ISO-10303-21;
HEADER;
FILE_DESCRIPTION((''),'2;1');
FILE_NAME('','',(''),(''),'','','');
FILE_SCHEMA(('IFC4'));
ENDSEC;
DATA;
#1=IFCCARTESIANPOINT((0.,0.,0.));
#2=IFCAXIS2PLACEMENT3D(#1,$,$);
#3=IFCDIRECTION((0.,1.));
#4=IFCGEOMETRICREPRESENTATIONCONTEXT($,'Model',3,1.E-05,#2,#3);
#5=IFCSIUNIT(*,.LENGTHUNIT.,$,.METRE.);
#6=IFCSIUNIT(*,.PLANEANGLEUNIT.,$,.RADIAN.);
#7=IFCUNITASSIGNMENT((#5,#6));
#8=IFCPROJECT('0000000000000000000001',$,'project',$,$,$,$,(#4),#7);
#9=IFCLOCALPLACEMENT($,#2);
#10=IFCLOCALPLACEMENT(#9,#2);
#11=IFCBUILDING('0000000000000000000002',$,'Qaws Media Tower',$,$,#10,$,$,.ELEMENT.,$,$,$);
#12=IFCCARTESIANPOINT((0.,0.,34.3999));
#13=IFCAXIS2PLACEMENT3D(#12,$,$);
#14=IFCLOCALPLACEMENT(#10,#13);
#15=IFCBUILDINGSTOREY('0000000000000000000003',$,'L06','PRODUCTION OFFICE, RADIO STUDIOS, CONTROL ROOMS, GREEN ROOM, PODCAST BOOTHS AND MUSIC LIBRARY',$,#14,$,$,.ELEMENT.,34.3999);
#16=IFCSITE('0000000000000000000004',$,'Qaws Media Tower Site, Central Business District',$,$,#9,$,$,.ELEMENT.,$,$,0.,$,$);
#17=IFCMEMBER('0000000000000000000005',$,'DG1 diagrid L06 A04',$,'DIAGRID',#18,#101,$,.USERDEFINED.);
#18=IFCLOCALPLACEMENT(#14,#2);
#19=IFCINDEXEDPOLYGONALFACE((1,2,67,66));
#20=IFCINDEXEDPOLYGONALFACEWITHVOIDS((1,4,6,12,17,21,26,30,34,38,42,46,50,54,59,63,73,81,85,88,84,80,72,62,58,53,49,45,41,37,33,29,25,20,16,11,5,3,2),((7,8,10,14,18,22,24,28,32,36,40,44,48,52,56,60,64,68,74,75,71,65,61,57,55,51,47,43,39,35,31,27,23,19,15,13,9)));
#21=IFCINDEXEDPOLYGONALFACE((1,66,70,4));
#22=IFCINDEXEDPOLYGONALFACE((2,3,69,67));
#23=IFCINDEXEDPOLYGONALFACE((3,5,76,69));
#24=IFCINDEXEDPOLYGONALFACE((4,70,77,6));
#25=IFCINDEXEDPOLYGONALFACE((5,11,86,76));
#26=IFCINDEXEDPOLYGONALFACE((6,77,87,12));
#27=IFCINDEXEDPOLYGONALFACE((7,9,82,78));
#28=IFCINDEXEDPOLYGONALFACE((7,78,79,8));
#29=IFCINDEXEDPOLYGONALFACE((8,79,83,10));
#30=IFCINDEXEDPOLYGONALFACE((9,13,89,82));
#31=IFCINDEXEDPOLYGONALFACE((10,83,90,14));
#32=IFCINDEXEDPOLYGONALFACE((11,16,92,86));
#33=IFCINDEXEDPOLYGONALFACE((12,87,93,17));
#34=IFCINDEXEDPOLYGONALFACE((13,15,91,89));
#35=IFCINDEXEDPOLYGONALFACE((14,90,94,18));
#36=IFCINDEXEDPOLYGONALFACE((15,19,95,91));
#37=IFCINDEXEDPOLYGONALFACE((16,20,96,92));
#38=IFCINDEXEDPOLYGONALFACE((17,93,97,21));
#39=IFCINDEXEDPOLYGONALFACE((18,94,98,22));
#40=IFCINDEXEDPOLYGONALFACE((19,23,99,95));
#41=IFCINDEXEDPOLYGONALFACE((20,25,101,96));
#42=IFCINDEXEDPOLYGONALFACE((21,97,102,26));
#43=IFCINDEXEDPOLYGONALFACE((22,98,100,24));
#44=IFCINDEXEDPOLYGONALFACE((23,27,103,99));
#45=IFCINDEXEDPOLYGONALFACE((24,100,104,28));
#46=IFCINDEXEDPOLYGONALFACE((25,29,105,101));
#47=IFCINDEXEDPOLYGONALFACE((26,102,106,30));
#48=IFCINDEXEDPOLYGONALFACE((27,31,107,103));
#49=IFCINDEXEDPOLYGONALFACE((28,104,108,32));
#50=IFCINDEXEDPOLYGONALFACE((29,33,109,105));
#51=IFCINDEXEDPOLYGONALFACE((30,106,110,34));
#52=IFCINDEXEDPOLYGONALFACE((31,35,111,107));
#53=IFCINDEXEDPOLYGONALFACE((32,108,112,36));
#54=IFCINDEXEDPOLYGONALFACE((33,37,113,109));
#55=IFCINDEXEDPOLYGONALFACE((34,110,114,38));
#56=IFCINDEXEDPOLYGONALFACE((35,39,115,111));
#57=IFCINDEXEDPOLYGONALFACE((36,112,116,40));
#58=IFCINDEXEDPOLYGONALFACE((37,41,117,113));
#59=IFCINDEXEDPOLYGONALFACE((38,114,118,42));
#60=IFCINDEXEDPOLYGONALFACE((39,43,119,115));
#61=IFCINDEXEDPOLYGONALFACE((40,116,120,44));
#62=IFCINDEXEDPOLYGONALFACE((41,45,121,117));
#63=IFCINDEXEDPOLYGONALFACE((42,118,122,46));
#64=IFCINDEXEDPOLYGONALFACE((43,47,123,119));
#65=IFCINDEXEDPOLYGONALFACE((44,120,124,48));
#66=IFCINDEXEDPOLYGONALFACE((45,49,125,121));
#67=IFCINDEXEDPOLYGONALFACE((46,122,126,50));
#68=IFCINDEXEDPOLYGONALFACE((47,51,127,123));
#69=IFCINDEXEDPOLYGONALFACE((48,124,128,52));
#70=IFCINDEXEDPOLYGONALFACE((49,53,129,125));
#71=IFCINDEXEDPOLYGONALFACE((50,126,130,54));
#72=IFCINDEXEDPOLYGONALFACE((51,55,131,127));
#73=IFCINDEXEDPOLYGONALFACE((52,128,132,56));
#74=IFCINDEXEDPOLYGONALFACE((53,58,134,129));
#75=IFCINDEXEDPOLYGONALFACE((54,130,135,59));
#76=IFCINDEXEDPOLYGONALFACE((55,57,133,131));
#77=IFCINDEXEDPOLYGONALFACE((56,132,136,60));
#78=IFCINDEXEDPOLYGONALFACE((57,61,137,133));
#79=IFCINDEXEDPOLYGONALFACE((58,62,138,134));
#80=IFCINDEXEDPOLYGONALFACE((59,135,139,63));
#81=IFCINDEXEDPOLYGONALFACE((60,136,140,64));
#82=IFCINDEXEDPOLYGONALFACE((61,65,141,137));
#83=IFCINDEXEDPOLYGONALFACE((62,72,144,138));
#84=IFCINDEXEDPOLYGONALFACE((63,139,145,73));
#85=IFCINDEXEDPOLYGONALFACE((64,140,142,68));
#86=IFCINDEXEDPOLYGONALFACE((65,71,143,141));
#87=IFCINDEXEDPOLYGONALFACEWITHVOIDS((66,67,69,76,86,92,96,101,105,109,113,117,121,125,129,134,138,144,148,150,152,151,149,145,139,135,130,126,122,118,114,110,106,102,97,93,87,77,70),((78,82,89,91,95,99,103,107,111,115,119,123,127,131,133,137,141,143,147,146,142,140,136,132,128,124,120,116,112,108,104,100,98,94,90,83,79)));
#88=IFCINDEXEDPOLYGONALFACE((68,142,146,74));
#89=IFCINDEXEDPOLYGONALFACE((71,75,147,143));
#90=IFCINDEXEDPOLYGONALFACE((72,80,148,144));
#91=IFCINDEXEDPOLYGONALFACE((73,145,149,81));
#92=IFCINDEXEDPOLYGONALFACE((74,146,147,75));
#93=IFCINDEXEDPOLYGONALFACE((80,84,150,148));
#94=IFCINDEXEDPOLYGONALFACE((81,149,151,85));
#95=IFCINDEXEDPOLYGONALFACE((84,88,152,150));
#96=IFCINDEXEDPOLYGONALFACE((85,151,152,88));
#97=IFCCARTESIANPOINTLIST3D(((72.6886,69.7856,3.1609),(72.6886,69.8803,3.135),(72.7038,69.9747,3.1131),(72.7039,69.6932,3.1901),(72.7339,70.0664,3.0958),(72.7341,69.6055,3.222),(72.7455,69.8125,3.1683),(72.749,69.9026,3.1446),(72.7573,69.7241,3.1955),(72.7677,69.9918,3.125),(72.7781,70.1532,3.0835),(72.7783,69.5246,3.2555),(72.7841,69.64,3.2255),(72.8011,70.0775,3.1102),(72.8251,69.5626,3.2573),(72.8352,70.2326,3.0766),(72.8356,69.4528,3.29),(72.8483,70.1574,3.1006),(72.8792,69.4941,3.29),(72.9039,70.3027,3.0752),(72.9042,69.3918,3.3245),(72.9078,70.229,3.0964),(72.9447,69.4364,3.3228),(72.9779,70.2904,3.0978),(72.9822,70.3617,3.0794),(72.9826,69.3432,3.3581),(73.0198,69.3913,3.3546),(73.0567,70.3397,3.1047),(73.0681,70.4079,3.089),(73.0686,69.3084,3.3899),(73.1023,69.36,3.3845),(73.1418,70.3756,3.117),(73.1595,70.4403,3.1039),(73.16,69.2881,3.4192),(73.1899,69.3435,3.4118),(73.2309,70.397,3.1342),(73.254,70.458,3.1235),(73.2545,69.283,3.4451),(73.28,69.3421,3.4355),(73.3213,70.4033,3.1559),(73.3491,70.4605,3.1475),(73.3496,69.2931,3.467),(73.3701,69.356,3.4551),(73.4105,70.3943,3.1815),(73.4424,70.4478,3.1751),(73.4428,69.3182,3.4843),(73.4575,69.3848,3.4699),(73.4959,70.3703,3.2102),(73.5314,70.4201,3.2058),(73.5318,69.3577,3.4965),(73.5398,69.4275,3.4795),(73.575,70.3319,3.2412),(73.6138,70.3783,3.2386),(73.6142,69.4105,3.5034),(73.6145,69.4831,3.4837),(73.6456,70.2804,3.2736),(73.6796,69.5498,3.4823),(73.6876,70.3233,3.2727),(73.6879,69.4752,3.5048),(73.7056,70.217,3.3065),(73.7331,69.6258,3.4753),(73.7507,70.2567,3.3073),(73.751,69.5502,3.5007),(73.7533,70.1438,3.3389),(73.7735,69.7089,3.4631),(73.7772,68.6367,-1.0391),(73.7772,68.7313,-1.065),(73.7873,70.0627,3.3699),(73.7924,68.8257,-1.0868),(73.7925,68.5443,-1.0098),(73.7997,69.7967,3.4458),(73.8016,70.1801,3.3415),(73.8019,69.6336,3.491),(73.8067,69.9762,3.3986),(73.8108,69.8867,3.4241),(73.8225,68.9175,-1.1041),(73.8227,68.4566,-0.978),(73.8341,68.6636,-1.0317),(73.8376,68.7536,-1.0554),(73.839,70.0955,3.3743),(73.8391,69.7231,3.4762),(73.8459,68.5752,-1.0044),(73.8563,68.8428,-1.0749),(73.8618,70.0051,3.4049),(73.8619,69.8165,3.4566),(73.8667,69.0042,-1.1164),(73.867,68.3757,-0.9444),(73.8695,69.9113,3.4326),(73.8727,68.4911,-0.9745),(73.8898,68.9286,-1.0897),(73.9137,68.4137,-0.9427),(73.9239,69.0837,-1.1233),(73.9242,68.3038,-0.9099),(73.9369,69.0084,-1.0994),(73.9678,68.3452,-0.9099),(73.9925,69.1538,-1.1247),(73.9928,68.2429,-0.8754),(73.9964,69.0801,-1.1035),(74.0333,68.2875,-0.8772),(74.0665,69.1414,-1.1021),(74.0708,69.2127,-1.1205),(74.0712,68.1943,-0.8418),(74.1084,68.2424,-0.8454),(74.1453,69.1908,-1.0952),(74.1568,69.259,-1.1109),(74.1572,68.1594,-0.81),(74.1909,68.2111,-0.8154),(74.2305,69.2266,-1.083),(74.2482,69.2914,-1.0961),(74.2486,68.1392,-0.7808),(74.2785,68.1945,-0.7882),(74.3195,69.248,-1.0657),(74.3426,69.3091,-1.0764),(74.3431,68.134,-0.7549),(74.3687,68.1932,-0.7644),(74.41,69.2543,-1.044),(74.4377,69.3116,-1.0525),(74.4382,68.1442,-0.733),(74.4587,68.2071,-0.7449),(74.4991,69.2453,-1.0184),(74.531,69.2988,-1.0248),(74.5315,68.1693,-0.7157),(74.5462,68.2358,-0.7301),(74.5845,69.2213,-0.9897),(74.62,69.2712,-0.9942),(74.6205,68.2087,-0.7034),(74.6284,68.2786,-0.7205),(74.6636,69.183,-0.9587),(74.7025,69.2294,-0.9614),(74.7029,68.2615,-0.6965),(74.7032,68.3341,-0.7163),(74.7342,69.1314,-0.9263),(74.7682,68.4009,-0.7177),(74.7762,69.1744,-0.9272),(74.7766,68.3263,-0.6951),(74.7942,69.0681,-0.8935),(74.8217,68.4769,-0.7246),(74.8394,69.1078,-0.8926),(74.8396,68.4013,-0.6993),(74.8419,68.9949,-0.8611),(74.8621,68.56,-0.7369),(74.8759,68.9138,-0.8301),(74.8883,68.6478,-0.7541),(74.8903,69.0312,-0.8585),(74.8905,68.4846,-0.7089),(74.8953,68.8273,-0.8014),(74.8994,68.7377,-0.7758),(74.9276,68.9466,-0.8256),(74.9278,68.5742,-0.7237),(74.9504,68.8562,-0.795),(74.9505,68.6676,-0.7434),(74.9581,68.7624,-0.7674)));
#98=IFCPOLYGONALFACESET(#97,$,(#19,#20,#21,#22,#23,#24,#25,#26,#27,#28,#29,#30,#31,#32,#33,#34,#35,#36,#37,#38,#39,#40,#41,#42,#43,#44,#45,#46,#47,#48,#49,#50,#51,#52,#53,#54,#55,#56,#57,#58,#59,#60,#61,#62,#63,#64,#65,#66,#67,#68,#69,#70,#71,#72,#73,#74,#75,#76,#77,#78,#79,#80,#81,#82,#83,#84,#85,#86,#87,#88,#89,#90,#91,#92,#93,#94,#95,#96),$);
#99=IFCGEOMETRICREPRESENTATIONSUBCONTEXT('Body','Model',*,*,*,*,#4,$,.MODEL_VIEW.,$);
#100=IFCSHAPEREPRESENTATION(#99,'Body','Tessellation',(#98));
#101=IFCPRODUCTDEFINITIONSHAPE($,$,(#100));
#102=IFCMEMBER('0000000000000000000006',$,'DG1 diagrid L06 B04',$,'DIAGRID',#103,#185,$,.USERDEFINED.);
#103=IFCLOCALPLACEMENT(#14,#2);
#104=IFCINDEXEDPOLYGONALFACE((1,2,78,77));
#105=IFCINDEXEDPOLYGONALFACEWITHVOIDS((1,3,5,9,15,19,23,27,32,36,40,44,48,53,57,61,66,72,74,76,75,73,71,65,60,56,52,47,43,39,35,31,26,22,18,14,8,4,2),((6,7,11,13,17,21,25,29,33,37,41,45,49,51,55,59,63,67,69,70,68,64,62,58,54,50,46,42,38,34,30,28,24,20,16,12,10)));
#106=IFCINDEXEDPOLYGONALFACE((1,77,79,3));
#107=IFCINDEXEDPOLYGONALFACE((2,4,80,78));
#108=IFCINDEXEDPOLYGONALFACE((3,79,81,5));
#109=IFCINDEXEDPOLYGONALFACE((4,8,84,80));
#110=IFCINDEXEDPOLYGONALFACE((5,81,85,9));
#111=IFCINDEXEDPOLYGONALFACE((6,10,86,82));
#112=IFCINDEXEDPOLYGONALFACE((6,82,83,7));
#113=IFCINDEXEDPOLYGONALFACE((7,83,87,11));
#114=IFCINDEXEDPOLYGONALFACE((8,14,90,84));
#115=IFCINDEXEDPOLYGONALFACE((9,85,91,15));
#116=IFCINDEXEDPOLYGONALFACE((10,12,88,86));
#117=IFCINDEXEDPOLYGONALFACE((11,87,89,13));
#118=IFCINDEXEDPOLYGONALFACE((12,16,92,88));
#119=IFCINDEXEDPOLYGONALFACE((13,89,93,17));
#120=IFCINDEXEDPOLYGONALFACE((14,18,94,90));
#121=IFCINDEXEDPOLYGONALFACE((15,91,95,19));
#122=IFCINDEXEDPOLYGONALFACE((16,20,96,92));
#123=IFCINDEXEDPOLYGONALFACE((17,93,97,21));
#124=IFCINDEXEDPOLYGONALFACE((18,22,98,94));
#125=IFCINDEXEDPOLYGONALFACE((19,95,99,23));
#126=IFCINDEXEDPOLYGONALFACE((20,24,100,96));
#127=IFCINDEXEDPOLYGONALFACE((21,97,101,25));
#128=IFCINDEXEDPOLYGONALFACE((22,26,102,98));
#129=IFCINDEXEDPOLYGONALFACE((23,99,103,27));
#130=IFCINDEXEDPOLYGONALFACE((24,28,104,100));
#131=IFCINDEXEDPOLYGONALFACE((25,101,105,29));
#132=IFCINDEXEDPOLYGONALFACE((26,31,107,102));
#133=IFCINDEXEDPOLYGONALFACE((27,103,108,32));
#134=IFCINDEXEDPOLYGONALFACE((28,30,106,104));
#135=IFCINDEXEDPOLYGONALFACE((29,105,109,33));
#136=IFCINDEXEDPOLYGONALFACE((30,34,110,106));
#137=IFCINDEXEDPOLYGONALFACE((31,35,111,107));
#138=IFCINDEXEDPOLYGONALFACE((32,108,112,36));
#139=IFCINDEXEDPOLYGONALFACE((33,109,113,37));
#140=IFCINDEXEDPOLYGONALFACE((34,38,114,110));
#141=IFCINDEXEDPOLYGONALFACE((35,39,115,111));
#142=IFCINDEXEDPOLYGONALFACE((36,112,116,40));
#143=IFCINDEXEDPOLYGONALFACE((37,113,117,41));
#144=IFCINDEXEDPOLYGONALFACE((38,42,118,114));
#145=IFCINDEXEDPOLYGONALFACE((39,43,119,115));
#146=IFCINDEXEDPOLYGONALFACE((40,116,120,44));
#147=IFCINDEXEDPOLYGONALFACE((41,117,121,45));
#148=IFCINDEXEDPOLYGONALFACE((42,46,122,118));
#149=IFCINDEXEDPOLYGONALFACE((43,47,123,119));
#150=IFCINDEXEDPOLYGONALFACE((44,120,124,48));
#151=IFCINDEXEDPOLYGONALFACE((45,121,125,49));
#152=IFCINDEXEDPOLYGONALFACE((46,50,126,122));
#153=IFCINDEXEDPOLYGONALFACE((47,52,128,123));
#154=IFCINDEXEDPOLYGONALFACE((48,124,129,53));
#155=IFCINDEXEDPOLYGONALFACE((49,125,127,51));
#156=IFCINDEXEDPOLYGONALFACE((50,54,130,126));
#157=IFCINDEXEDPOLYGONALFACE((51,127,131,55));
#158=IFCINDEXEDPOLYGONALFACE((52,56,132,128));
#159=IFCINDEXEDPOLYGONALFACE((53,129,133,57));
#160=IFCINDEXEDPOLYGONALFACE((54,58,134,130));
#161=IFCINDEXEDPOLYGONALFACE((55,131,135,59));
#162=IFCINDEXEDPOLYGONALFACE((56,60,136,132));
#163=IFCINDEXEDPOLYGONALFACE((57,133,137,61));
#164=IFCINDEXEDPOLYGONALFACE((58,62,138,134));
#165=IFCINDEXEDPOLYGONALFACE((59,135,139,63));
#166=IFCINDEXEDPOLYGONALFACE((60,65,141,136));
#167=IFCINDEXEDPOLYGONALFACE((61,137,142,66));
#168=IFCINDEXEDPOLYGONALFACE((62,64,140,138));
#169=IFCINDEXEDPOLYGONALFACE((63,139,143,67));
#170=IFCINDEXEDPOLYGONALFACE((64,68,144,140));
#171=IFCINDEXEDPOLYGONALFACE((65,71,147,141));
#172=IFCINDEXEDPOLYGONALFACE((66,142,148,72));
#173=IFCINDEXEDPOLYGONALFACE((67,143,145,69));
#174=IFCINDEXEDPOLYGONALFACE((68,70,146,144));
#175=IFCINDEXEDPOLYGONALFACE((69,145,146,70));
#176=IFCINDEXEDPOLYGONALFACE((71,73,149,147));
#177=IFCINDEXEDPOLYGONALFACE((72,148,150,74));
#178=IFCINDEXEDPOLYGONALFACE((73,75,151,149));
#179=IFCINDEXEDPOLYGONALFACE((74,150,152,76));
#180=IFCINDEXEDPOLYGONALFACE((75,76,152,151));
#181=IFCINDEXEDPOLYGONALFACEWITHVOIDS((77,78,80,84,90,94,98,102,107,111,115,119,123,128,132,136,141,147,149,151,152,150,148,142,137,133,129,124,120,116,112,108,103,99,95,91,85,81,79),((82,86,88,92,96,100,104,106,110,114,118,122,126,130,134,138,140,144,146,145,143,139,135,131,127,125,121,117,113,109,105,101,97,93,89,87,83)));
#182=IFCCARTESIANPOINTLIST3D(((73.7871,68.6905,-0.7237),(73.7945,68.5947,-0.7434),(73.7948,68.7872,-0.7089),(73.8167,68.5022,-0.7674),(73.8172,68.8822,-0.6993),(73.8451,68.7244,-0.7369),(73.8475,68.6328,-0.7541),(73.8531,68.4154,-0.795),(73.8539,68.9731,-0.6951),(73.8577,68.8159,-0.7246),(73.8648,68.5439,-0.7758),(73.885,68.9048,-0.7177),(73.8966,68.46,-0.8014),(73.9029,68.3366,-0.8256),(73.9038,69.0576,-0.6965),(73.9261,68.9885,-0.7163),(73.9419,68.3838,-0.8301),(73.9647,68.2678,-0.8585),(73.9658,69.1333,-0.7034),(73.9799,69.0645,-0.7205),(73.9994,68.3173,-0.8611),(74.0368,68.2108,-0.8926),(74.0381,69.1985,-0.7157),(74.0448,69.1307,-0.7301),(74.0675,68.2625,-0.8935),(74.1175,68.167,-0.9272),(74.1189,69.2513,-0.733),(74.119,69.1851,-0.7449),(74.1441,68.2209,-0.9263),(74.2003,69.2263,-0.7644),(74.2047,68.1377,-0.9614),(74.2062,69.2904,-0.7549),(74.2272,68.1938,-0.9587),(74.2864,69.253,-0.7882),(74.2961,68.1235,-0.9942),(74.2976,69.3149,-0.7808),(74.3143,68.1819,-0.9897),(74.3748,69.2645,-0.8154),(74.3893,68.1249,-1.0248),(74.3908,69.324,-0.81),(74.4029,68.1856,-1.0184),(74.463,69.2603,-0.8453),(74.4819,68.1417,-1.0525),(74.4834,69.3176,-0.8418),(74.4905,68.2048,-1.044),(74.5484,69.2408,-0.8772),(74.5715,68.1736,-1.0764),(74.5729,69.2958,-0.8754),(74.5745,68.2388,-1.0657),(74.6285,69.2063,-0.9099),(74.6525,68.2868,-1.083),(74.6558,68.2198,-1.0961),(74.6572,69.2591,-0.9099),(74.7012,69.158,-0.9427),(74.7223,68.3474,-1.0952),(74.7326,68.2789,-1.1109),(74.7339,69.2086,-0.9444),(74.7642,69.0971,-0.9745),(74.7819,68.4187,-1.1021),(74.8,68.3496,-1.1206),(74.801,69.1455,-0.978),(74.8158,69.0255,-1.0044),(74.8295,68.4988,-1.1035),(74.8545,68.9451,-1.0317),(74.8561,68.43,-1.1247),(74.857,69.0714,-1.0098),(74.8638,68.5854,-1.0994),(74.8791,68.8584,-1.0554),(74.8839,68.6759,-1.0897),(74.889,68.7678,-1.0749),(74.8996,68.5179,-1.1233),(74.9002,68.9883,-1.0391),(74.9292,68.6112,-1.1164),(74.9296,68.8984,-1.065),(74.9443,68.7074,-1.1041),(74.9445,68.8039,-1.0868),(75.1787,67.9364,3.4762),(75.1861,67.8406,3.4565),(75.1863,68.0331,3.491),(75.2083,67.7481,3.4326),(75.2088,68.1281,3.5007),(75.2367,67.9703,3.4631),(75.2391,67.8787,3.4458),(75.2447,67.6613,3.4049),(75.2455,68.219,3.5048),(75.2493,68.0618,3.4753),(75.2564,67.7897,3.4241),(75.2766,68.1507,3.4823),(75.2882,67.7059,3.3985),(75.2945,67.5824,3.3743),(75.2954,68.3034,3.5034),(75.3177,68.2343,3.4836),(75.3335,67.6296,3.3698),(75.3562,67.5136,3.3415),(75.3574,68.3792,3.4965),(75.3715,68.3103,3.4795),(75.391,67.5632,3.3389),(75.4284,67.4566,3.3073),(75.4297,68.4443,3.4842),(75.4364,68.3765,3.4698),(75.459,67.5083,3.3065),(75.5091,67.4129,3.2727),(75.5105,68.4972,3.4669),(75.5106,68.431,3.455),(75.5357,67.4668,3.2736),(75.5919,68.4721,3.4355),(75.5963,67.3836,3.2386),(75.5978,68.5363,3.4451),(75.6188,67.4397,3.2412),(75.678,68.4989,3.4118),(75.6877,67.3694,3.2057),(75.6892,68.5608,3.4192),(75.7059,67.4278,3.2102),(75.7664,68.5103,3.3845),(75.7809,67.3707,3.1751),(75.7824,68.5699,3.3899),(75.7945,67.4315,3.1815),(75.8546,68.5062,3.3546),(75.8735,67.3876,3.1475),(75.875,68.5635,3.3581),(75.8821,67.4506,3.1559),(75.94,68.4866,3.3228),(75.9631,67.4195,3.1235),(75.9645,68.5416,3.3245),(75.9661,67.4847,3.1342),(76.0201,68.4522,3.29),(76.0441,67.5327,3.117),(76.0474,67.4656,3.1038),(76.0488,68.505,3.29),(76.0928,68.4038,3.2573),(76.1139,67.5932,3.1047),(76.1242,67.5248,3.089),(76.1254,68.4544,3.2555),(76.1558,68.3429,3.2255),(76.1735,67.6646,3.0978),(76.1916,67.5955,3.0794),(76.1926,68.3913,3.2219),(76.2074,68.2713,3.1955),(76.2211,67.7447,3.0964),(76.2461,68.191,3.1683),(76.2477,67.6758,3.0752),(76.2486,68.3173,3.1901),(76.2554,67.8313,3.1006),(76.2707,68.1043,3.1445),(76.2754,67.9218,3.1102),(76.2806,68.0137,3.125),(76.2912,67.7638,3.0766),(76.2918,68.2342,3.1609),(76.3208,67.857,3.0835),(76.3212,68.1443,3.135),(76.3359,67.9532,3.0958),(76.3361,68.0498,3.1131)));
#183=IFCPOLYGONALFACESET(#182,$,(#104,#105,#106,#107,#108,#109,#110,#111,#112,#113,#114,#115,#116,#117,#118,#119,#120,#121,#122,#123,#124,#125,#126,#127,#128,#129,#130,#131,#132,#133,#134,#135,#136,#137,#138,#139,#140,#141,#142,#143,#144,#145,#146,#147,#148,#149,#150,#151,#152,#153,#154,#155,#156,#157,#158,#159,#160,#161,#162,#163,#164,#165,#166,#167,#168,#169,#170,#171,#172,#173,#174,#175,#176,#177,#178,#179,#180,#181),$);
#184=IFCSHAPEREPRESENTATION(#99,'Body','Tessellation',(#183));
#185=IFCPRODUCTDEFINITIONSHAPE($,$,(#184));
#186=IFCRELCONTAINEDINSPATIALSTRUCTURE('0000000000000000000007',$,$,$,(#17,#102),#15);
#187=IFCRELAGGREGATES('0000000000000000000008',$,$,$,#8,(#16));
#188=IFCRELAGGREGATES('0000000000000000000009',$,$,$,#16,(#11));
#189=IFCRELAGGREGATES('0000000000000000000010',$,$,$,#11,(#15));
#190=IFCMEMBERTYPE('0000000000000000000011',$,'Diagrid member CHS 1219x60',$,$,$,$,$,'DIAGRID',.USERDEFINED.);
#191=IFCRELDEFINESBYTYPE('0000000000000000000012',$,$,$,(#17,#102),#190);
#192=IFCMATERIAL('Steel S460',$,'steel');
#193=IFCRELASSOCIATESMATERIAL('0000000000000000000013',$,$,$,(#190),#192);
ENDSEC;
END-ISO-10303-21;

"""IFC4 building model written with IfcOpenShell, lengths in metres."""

from ifc_helpers import new_model, si_unit, direction, frame, origin, origin_2d, place, context, subcontext, project, spatial, hollow_circle, extrude, material, material_profile, profile_set, type_object, element, save


model = new_model("IFC4")

# Units and contexts
model_context = context("Model", 3, precision=1e-05, world=origin(), true_north=direction((0.0, 1.0)))
body_context = subcontext(model_context, "Body", "Model", "MODEL_VIEW")
ifc_project = project(units=[si_unit("LENGTHUNIT", "METRE"), si_unit("PLANEANGLEUNIT", "RADIAN")], contexts=[model_context])

# Site, building, storey
site_placement = place(None, origin())
site = spatial("IfcSite", under=ifc_project, at=site_placement, Name="Qaws Media Tower Site, Central Business District", CompositionType="ELEMENT", RefElevation=0.0)
building_placement = place(site_placement, origin())
building = spatial("IfcBuilding", under=site, at=building_placement, Name="Qaws Media Tower", CompositionType="ELEMENT")
storey_placement = place(building_placement, frame((0.0, 0.0, 34.3999)))
storey = spatial("IfcBuildingStorey", under=building, at=storey_placement, Name="L06", Description="PRODUCTION OFFICE, RADIO STUDIOS, CONTROL ROOMS, GREEN ROOM, PODCAST BOOTHS AND MUSIC LIBRARY", CompositionType="ELEMENT", Elevation=34.3999)

# Members
ifc_material_1 = material(Name="Steel S460", Category="steel")
ifc_material_profile_1 = material_profile(ifc_material_1, hollow_circle(Radius=0.6096, WallThickness=0.0601, at=origin_2d()), Name="CHS 1219x60")
ifc_profile_set_1 = profile_set([ifc_material_profile_1], Name="Steel S460")
member_type_1 = type_object("IfcMemberType", Name="Diagrid member CHS 1219x60", ElementType="DIAGRID", PredefinedType="USERDEFINED", material=ifc_profile_set_1)
for number, where, z_axis, x_axis, name in (
    (1, (74.3667, 68.7231, -0.9099), (-0.242548, 0.255983, 0.935758), (-0.7259, -0.6878, 0.0), "DG1 diagrid L06 A04"),
    (2, (74.3667, 68.7231, -0.9099), (0.310051, -0.168026, 0.935754), (0.476462, 0.879195, 0.0), "DG1 diagrid L06 B04"),
):
    element("IfcMember", number, at=place(storey_placement, frame(where, z_axis=z_axis, x_axis=x_axis)), inside=storey, type_object=member_type_1, Name=name, ObjectType="DIAGRID", PredefinedType="USERDEFINED", context=body_context, shape_type="SweptSolid", body=[
        extrude(hollow_circle(Radius=0.6096, WallThickness=0.0601, at=origin_2d()), origin(), (0.0, 0.0, 1.0), 4.4883),
    ])

save(model, "model.ifc")
